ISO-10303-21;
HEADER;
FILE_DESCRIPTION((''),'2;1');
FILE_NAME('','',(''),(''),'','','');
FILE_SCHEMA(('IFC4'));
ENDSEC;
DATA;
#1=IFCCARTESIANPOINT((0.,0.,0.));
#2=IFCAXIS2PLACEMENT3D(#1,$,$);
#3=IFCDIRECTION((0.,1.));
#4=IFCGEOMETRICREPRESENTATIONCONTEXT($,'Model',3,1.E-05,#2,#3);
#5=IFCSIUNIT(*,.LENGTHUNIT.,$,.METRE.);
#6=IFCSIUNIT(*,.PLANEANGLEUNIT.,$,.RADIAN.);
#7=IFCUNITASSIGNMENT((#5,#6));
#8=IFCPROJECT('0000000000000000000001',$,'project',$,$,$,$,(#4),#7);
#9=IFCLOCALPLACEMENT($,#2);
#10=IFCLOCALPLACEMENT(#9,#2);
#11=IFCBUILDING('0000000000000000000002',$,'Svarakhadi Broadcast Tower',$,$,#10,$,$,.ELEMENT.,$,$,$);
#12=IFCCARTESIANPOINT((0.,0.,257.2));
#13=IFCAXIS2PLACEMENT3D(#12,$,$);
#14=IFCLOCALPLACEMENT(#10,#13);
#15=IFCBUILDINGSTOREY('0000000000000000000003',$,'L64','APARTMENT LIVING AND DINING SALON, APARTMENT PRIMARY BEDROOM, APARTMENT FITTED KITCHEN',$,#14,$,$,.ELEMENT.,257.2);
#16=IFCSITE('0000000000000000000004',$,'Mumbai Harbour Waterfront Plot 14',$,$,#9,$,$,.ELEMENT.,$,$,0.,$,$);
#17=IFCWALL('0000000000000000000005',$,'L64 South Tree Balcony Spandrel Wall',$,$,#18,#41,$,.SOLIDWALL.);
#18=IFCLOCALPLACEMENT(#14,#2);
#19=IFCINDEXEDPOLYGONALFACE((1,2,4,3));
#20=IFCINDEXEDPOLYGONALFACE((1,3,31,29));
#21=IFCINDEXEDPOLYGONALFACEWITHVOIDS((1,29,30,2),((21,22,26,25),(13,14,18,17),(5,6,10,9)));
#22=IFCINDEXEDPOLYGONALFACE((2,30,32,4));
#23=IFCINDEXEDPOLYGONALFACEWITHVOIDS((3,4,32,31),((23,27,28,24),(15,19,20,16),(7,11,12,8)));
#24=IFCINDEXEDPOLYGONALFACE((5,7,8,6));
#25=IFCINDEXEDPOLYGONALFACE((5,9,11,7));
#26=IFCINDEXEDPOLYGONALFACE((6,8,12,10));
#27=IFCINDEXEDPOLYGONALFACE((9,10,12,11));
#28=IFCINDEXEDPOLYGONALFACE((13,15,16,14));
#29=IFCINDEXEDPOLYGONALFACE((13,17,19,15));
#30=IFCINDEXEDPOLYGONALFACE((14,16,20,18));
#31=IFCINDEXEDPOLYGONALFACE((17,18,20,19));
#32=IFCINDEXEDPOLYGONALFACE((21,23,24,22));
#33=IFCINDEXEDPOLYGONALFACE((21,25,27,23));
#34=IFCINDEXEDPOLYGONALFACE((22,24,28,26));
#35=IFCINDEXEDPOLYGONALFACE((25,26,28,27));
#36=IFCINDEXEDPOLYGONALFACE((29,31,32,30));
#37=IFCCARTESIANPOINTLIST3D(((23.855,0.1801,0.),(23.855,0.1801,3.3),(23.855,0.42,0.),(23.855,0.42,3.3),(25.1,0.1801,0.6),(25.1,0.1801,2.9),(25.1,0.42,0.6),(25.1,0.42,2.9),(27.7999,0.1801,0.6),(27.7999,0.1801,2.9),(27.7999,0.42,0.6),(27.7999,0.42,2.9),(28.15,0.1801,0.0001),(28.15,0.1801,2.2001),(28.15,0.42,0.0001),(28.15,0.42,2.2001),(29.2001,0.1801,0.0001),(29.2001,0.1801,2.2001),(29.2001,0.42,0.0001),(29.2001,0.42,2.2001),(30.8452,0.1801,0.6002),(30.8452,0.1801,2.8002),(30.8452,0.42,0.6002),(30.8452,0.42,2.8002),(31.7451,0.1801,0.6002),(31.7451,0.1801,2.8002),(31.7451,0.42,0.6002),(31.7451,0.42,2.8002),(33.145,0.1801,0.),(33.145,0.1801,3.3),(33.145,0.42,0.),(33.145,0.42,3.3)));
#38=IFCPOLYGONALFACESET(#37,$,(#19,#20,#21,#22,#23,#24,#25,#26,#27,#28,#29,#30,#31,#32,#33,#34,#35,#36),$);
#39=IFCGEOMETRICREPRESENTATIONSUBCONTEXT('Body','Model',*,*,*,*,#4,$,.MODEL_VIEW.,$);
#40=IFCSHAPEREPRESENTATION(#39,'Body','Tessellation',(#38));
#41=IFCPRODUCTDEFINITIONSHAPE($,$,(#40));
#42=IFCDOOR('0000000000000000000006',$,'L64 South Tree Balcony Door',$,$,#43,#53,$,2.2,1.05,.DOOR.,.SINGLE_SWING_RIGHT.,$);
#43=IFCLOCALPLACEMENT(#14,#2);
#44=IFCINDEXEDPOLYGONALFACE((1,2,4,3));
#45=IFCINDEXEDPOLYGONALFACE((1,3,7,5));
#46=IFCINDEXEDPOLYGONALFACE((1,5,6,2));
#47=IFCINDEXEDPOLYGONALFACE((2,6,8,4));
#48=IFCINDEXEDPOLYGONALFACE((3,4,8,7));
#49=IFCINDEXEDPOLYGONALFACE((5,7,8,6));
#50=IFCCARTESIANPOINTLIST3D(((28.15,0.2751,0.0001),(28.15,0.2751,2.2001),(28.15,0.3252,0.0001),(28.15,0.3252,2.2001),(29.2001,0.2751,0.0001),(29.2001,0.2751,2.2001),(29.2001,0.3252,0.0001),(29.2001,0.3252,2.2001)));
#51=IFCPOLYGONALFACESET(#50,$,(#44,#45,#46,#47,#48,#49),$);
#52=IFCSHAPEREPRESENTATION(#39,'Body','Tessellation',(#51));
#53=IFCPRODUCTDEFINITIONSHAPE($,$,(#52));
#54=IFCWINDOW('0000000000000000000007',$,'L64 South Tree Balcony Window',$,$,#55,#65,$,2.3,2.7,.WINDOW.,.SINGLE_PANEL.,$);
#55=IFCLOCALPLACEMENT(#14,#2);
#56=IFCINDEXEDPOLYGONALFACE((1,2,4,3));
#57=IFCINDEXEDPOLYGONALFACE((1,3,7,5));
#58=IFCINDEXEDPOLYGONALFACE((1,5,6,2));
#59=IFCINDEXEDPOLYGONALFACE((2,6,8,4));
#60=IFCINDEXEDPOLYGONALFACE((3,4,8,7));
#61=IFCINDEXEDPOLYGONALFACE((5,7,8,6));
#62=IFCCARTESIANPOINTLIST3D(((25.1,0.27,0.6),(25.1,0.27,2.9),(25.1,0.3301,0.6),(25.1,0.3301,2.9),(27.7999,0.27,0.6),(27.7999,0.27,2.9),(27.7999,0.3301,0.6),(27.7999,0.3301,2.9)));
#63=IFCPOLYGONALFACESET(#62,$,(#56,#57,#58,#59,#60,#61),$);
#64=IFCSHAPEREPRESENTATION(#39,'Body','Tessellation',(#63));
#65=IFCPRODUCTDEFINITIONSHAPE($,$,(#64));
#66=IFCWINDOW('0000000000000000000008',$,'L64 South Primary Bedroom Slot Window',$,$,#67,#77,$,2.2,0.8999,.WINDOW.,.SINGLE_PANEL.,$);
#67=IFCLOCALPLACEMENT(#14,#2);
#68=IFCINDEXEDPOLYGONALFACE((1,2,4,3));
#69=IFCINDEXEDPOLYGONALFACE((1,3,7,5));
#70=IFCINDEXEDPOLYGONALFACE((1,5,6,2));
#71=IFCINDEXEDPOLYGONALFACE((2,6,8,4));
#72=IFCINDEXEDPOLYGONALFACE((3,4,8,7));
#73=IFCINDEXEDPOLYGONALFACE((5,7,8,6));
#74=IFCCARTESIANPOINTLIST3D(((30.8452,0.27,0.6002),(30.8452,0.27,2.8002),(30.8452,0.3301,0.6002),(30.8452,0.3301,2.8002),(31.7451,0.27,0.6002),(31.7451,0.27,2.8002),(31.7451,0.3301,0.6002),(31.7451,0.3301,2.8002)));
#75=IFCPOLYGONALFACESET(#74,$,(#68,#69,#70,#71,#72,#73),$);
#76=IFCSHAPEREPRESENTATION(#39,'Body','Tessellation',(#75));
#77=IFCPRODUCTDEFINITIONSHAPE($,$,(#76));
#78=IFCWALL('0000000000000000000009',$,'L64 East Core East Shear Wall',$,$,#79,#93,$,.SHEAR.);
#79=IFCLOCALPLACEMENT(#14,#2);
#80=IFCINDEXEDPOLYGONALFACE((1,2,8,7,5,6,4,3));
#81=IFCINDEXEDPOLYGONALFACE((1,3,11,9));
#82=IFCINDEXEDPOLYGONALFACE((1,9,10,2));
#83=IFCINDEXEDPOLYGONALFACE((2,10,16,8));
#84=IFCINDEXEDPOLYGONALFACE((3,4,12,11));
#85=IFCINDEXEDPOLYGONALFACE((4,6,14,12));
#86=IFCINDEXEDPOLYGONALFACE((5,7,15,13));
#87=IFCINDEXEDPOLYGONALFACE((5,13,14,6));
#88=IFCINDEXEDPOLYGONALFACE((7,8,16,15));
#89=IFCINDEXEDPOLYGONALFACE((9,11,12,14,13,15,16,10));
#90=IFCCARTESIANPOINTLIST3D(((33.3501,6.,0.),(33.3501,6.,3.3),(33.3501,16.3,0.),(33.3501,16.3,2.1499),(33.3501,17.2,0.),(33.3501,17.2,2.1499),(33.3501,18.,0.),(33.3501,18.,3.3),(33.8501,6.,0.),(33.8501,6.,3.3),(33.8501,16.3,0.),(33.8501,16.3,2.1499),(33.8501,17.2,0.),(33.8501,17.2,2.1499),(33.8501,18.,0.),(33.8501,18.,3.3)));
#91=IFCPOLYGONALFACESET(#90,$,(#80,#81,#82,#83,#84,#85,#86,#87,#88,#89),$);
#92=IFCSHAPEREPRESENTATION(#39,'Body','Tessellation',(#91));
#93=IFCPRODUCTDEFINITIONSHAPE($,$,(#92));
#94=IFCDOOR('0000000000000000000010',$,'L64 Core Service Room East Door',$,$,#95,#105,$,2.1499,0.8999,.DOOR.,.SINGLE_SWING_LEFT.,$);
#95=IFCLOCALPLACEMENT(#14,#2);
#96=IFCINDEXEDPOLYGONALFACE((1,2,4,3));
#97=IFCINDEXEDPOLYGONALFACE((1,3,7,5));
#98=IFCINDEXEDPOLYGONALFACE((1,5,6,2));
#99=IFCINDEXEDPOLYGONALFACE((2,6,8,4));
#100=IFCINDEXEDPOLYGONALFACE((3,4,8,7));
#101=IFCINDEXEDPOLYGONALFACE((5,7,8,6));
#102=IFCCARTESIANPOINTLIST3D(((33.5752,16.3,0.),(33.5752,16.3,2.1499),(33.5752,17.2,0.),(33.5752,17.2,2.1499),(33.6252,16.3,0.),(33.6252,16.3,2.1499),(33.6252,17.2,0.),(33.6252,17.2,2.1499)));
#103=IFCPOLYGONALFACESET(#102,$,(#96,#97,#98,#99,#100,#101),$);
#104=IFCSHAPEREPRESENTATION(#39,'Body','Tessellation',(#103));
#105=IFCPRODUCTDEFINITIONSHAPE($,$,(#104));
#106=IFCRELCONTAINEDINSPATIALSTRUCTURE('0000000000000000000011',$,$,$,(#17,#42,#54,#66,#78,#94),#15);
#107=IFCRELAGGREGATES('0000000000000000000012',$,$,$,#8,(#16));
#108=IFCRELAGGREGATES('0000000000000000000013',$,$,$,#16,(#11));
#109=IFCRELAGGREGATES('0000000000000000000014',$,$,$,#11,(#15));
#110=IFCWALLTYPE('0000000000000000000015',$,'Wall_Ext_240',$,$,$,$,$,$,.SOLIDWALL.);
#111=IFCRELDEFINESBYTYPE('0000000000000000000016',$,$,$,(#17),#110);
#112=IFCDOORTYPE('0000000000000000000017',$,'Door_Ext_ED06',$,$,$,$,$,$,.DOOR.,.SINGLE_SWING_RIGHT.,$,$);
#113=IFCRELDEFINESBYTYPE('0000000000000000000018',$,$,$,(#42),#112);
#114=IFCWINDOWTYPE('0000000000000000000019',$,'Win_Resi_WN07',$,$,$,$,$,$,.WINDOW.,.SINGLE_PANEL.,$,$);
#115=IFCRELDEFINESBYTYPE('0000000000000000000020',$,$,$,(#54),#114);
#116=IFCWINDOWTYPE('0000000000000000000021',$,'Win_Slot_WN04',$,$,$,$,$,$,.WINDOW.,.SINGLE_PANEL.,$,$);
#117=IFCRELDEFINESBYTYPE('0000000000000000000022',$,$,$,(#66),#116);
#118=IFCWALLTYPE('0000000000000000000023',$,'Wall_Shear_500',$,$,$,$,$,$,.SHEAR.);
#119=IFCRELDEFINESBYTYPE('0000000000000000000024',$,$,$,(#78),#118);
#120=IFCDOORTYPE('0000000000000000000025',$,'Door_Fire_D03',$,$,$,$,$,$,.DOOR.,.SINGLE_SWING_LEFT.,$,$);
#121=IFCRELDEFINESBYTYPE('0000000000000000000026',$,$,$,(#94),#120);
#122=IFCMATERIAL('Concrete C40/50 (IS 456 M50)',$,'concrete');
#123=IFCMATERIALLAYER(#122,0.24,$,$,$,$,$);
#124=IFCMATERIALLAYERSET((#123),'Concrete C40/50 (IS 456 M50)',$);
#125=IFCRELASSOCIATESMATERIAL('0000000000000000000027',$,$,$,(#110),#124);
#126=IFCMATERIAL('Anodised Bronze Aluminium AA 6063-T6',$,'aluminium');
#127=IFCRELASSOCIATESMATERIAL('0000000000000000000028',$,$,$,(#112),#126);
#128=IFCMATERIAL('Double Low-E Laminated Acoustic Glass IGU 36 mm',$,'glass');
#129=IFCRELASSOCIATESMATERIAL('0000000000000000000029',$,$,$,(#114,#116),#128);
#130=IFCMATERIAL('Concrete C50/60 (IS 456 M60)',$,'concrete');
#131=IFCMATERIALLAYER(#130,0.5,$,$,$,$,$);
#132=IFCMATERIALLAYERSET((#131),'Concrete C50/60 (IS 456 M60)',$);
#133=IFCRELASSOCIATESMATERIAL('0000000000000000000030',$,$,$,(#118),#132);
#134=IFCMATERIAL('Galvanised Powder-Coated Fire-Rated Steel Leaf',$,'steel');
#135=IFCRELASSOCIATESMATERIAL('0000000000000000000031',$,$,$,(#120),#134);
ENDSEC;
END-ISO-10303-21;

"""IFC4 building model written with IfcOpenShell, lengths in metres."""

from ifc_helpers import new_model, si_unit, direction, frame, frame_2d, origin, place, context, subcontext, project, spatial, rectangle, extrude, material, layer, layer_set, type_object, element, fill, save


model = new_model("IFC4")

# Units and contexts
model_context = context("Model", 3, precision=1e-05, world=origin(), true_north=direction((0.0, 1.0)))
body_context = subcontext(model_context, "Body", "Model", "MODEL_VIEW")
ifc_project = project(units=[si_unit("LENGTHUNIT", "METRE"), si_unit("PLANEANGLEUNIT", "RADIAN")], contexts=[model_context])

# Site, building, storey
site_placement = place(None, origin())
site = spatial("IfcSite", under=ifc_project, at=site_placement, Name="Mumbai Harbour Waterfront Plot 14", CompositionType="ELEMENT", RefElevation=0.0)
building_placement = place(site_placement, origin())
building = spatial("IfcBuilding", under=site, at=building_placement, Name="Svarakhadi Broadcast Tower", CompositionType="ELEMENT")
storey_placement = place(building_placement, frame((0.0, 0.0, 257.2)))
storey = spatial("IfcBuildingStorey", under=building, at=storey_placement, Name="L64", Description="APARTMENT LIVING AND DINING SALON, APARTMENT PRIMARY BEDROOM, APARTMENT FITTED KITCHEN", CompositionType="ELEMENT", Elevation=257.2)

# Shared definitions
ifc_material_1 = material(Name="Concrete C50/60 (IS 456 M60)", Category="concrete")

# Shared definitions
ifc_material_2 = material(Name="Anodised Bronze Aluminium AA 6063-T6", Category="aluminium")

# Shared definitions
ifc_material_3 = material(Name="Double Low-E Laminated Acoustic Glass IGU 36 mm", Category="glass")

# Wall, openings, door, windows
ifc_material_4 = material(Name="Concrete C40/50 (IS 456 M50)", Category="concrete")
ifc_layer_1 = layer(ifc_material_4, 0.24)
ifc_layer_set_1 = layer_set([ifc_layer_1], Name="Concrete C40/50 (IS 456 M50)")
wall_type_1 = type_object("IfcWallType", Name="Wall_Ext_240", PredefinedType="SOLIDWALL", material=ifc_layer_set_1)
wall_1_placement = place(storey_placement, frame((33.145, 0.3, 0.0), z_axis=(0.0, 0.0, 1.0), x_axis=(-1.0, 0.0, 0.0)))
wall_1 = element("IfcWall", 1, at=wall_1_placement, inside=storey, type_object=wall_type_1, Name="L64 South Tree Balcony Spandrel Wall", PredefinedType="SOLIDWALL", context=body_context, shape_type="SweptSolid", body=[
    extrude(rectangle(XDim=9.29, YDim=0.24, at=frame_2d((4.645, 0.0))), origin(), (0.0, 0.0, 1.0), 3.3),
])
opening_1_placement = place(wall_1_placement, frame((3.9451, 0.0, 0.0)))
opening_1 = element("IfcOpeningElement", 2, at=opening_1_placement, cuts=wall_1, PredefinedType="OPENING", context=body_context, shape_type="SweptSolid", body=[
    extrude(rectangle(XDim=1.05, YDim=2.2, at=frame_2d((0.5249, 1.1001))), frame((0.0, 0.1299, 0.0), z_axis=(0.0, -1.0, 0.0), x_axis=(1.0, 0.0, 0.0)), (0.0, 0.0, 1.0), 0.26),
])
opening_2_placement = place(wall_1_placement, frame((5.345, 0.0, 0.6001)))
opening_2 = element("IfcOpeningElement", 3, at=opening_2_placement, cuts=wall_1, PredefinedType="OPENING", context=body_context, shape_type="SweptSolid", body=[
    extrude(rectangle(XDim=2.7, YDim=2.3, at=frame_2d((1.3501, 1.1499))), frame((0.0, 0.1299, 0.0), z_axis=(0.0, -1.0, 0.0), x_axis=(1.0, 0.0, 0.0)), (0.0, 0.0, 1.0), 0.26),
])
opening_3_placement = place(wall_1_placement, frame((1.3999, 0.0, 0.6001)))
opening_3 = element("IfcOpeningElement", 4, at=opening_3_placement, cuts=wall_1, PredefinedType="OPENING", context=body_context, shape_type="SweptSolid", body=[
    extrude(rectangle(XDim=0.8999, YDim=2.2, at=frame_2d((0.45, 1.1001))), frame((0.0, 0.1299, 0.0), z_axis=(0.0, -1.0, 0.0), x_axis=(1.0, 0.0, 0.0)), (0.0, 0.0, 1.0), 0.26),
])
door_type_1 = type_object("IfcDoorType", Name="Door_Ext_ED06", OperationType="SINGLE_SWING_RIGHT", PredefinedType="DOOR", material=ifc_material_2)
door_1_placement = place(opening_1_placement, origin())
door_1 = element("IfcDoor", 5, at=door_1_placement, inside=storey, type_object=door_type_1, Name="L64 South Tree Balcony Door", OperationType="SINGLE_SWING_RIGHT", OverallHeight=2.2, OverallWidth=1.05, PredefinedType="DOOR", context=body_context, shape_type="SweptSolid", body=[
    extrude(rectangle(XDim=1.05, YDim=2.2, at=frame_2d((0.5249, 1.1001))), frame((0.0, 0.0249, 0.0), z_axis=(0.0, -1.0, 0.0), x_axis=(1.0, 0.0, 0.0)), (0.0, 0.0, 1.0), 0.05),
])
fill(opening_1, door_1)
window_type_1 = type_object("IfcWindowType", Name="Win_Resi_WN07", PartitioningType="SINGLE_PANEL", PredefinedType="WINDOW", material=ifc_material_3)
window_1_placement = place(opening_2_placement, origin())
window_1 = element("IfcWindow", 6, at=window_1_placement, inside=storey, type_object=window_type_1, Name="L64 South Tree Balcony Window", OverallHeight=2.3, OverallWidth=2.7, PartitioningType="SINGLE_PANEL", PredefinedType="WINDOW", context=body_context, shape_type="SweptSolid", body=[
    extrude(rectangle(XDim=2.7, YDim=2.3, at=frame_2d((1.3501, 1.1499))), frame((0.0, 0.03, 0.0), z_axis=(0.0, -1.0, 0.0), x_axis=(1.0, 0.0, 0.0)), (0.0, 0.0, 1.0), 0.0601),
])
fill(opening_2, window_1)
window_type_2 = type_object("IfcWindowType", Name="Win_Slot_WN04", PartitioningType="SINGLE_PANEL", PredefinedType="WINDOW", material=ifc_material_3)
window_2_placement = place(opening_3_placement, origin())
window_2 = element("IfcWindow", 7, at=window_2_placement, inside=storey, type_object=window_type_2, Name="L64 South Primary Bedroom Slot Window", OverallHeight=2.2, OverallWidth=0.8999, PartitioningType="SINGLE_PANEL", PredefinedType="WINDOW", context=body_context, shape_type="SweptSolid", body=[
    extrude(rectangle(XDim=0.8999, YDim=2.2, at=frame_2d((0.45, 1.1001))), frame((0.0, 0.03, 0.0), z_axis=(0.0, -1.0, 0.0), x_axis=(1.0, 0.0, 0.0)), (0.0, 0.0, 1.0), 0.0601),
])
fill(opening_3, window_2)

# Wall, opening, door
ifc_layer_2 = layer(ifc_material_1, 0.5)
ifc_layer_set_2 = layer_set([ifc_layer_2], Name="Concrete C50/60 (IS 456 M60)")
wall_type_2 = type_object("IfcWallType", Name="Wall_Shear_500", PredefinedType="SHEAR", material=ifc_layer_set_2)
wall_2_placement = place(storey_placement, frame((33.6001, 6.0, 0.0), z_axis=(0.0, 0.0, 1.0), x_axis=(0.0, 1.0, 0.0)))
wall_2 = element("IfcWall", 8, at=wall_2_placement, inside=storey, type_object=wall_type_2, Name="L64 East Core East Shear Wall", PredefinedType="SHEAR", context=body_context, shape_type="SweptSolid", body=[
    extrude(rectangle(XDim=12.0, YDim=0.5, at=frame_2d((6.0, 0.0))), origin(), (0.0, 0.0, 1.0), 3.3),
])
opening_4_placement = place(wall_2_placement, frame((10.3, 0.0, 0.0)))
opening_4 = element("IfcOpeningElement", 9, at=opening_4_placement, cuts=wall_2, PredefinedType="OPENING", context=body_context, shape_type="SweptSolid", body=[
    extrude(rectangle(XDim=0.8999, YDim=2.1499, at=frame_2d((0.45, 1.075))), frame((0.0, 0.26, 0.0), z_axis=(0.0, -1.0, 0.0), x_axis=(1.0, 0.0, 0.0)), (0.0, 0.0, 1.0), 0.52),
])
ifc_material_5 = material(Name="Galvanised Powder-Coated Fire-Rated Steel Leaf", Category="steel")
door_type_2 = type_object("IfcDoorType", Name="Door_Fire_D03", OperationType="SINGLE_SWING_LEFT", PredefinedType="DOOR", material=ifc_material_5)
door_2_placement = place(opening_4_placement, origin())
door_2 = element("IfcDoor", 10, at=door_2_placement, inside=storey, type_object=door_type_2, Name="L64 Core Service Room East Door", OperationType="SINGLE_SWING_LEFT", OverallHeight=2.1499, OverallWidth=0.8999, PredefinedType="DOOR", context=body_context, shape_type="SweptSolid", body=[
    extrude(rectangle(XDim=0.8999, YDim=2.1499, at=frame_2d((0.45, 1.075))), frame((0.0, 0.0249, 0.0), z_axis=(0.0, -1.0, 0.0), x_axis=(1.0, 0.0, 0.0)), (0.0, 0.0, 1.0), 0.05),
])
fill(opening_4, door_2)

save(model, "model.ifc")
